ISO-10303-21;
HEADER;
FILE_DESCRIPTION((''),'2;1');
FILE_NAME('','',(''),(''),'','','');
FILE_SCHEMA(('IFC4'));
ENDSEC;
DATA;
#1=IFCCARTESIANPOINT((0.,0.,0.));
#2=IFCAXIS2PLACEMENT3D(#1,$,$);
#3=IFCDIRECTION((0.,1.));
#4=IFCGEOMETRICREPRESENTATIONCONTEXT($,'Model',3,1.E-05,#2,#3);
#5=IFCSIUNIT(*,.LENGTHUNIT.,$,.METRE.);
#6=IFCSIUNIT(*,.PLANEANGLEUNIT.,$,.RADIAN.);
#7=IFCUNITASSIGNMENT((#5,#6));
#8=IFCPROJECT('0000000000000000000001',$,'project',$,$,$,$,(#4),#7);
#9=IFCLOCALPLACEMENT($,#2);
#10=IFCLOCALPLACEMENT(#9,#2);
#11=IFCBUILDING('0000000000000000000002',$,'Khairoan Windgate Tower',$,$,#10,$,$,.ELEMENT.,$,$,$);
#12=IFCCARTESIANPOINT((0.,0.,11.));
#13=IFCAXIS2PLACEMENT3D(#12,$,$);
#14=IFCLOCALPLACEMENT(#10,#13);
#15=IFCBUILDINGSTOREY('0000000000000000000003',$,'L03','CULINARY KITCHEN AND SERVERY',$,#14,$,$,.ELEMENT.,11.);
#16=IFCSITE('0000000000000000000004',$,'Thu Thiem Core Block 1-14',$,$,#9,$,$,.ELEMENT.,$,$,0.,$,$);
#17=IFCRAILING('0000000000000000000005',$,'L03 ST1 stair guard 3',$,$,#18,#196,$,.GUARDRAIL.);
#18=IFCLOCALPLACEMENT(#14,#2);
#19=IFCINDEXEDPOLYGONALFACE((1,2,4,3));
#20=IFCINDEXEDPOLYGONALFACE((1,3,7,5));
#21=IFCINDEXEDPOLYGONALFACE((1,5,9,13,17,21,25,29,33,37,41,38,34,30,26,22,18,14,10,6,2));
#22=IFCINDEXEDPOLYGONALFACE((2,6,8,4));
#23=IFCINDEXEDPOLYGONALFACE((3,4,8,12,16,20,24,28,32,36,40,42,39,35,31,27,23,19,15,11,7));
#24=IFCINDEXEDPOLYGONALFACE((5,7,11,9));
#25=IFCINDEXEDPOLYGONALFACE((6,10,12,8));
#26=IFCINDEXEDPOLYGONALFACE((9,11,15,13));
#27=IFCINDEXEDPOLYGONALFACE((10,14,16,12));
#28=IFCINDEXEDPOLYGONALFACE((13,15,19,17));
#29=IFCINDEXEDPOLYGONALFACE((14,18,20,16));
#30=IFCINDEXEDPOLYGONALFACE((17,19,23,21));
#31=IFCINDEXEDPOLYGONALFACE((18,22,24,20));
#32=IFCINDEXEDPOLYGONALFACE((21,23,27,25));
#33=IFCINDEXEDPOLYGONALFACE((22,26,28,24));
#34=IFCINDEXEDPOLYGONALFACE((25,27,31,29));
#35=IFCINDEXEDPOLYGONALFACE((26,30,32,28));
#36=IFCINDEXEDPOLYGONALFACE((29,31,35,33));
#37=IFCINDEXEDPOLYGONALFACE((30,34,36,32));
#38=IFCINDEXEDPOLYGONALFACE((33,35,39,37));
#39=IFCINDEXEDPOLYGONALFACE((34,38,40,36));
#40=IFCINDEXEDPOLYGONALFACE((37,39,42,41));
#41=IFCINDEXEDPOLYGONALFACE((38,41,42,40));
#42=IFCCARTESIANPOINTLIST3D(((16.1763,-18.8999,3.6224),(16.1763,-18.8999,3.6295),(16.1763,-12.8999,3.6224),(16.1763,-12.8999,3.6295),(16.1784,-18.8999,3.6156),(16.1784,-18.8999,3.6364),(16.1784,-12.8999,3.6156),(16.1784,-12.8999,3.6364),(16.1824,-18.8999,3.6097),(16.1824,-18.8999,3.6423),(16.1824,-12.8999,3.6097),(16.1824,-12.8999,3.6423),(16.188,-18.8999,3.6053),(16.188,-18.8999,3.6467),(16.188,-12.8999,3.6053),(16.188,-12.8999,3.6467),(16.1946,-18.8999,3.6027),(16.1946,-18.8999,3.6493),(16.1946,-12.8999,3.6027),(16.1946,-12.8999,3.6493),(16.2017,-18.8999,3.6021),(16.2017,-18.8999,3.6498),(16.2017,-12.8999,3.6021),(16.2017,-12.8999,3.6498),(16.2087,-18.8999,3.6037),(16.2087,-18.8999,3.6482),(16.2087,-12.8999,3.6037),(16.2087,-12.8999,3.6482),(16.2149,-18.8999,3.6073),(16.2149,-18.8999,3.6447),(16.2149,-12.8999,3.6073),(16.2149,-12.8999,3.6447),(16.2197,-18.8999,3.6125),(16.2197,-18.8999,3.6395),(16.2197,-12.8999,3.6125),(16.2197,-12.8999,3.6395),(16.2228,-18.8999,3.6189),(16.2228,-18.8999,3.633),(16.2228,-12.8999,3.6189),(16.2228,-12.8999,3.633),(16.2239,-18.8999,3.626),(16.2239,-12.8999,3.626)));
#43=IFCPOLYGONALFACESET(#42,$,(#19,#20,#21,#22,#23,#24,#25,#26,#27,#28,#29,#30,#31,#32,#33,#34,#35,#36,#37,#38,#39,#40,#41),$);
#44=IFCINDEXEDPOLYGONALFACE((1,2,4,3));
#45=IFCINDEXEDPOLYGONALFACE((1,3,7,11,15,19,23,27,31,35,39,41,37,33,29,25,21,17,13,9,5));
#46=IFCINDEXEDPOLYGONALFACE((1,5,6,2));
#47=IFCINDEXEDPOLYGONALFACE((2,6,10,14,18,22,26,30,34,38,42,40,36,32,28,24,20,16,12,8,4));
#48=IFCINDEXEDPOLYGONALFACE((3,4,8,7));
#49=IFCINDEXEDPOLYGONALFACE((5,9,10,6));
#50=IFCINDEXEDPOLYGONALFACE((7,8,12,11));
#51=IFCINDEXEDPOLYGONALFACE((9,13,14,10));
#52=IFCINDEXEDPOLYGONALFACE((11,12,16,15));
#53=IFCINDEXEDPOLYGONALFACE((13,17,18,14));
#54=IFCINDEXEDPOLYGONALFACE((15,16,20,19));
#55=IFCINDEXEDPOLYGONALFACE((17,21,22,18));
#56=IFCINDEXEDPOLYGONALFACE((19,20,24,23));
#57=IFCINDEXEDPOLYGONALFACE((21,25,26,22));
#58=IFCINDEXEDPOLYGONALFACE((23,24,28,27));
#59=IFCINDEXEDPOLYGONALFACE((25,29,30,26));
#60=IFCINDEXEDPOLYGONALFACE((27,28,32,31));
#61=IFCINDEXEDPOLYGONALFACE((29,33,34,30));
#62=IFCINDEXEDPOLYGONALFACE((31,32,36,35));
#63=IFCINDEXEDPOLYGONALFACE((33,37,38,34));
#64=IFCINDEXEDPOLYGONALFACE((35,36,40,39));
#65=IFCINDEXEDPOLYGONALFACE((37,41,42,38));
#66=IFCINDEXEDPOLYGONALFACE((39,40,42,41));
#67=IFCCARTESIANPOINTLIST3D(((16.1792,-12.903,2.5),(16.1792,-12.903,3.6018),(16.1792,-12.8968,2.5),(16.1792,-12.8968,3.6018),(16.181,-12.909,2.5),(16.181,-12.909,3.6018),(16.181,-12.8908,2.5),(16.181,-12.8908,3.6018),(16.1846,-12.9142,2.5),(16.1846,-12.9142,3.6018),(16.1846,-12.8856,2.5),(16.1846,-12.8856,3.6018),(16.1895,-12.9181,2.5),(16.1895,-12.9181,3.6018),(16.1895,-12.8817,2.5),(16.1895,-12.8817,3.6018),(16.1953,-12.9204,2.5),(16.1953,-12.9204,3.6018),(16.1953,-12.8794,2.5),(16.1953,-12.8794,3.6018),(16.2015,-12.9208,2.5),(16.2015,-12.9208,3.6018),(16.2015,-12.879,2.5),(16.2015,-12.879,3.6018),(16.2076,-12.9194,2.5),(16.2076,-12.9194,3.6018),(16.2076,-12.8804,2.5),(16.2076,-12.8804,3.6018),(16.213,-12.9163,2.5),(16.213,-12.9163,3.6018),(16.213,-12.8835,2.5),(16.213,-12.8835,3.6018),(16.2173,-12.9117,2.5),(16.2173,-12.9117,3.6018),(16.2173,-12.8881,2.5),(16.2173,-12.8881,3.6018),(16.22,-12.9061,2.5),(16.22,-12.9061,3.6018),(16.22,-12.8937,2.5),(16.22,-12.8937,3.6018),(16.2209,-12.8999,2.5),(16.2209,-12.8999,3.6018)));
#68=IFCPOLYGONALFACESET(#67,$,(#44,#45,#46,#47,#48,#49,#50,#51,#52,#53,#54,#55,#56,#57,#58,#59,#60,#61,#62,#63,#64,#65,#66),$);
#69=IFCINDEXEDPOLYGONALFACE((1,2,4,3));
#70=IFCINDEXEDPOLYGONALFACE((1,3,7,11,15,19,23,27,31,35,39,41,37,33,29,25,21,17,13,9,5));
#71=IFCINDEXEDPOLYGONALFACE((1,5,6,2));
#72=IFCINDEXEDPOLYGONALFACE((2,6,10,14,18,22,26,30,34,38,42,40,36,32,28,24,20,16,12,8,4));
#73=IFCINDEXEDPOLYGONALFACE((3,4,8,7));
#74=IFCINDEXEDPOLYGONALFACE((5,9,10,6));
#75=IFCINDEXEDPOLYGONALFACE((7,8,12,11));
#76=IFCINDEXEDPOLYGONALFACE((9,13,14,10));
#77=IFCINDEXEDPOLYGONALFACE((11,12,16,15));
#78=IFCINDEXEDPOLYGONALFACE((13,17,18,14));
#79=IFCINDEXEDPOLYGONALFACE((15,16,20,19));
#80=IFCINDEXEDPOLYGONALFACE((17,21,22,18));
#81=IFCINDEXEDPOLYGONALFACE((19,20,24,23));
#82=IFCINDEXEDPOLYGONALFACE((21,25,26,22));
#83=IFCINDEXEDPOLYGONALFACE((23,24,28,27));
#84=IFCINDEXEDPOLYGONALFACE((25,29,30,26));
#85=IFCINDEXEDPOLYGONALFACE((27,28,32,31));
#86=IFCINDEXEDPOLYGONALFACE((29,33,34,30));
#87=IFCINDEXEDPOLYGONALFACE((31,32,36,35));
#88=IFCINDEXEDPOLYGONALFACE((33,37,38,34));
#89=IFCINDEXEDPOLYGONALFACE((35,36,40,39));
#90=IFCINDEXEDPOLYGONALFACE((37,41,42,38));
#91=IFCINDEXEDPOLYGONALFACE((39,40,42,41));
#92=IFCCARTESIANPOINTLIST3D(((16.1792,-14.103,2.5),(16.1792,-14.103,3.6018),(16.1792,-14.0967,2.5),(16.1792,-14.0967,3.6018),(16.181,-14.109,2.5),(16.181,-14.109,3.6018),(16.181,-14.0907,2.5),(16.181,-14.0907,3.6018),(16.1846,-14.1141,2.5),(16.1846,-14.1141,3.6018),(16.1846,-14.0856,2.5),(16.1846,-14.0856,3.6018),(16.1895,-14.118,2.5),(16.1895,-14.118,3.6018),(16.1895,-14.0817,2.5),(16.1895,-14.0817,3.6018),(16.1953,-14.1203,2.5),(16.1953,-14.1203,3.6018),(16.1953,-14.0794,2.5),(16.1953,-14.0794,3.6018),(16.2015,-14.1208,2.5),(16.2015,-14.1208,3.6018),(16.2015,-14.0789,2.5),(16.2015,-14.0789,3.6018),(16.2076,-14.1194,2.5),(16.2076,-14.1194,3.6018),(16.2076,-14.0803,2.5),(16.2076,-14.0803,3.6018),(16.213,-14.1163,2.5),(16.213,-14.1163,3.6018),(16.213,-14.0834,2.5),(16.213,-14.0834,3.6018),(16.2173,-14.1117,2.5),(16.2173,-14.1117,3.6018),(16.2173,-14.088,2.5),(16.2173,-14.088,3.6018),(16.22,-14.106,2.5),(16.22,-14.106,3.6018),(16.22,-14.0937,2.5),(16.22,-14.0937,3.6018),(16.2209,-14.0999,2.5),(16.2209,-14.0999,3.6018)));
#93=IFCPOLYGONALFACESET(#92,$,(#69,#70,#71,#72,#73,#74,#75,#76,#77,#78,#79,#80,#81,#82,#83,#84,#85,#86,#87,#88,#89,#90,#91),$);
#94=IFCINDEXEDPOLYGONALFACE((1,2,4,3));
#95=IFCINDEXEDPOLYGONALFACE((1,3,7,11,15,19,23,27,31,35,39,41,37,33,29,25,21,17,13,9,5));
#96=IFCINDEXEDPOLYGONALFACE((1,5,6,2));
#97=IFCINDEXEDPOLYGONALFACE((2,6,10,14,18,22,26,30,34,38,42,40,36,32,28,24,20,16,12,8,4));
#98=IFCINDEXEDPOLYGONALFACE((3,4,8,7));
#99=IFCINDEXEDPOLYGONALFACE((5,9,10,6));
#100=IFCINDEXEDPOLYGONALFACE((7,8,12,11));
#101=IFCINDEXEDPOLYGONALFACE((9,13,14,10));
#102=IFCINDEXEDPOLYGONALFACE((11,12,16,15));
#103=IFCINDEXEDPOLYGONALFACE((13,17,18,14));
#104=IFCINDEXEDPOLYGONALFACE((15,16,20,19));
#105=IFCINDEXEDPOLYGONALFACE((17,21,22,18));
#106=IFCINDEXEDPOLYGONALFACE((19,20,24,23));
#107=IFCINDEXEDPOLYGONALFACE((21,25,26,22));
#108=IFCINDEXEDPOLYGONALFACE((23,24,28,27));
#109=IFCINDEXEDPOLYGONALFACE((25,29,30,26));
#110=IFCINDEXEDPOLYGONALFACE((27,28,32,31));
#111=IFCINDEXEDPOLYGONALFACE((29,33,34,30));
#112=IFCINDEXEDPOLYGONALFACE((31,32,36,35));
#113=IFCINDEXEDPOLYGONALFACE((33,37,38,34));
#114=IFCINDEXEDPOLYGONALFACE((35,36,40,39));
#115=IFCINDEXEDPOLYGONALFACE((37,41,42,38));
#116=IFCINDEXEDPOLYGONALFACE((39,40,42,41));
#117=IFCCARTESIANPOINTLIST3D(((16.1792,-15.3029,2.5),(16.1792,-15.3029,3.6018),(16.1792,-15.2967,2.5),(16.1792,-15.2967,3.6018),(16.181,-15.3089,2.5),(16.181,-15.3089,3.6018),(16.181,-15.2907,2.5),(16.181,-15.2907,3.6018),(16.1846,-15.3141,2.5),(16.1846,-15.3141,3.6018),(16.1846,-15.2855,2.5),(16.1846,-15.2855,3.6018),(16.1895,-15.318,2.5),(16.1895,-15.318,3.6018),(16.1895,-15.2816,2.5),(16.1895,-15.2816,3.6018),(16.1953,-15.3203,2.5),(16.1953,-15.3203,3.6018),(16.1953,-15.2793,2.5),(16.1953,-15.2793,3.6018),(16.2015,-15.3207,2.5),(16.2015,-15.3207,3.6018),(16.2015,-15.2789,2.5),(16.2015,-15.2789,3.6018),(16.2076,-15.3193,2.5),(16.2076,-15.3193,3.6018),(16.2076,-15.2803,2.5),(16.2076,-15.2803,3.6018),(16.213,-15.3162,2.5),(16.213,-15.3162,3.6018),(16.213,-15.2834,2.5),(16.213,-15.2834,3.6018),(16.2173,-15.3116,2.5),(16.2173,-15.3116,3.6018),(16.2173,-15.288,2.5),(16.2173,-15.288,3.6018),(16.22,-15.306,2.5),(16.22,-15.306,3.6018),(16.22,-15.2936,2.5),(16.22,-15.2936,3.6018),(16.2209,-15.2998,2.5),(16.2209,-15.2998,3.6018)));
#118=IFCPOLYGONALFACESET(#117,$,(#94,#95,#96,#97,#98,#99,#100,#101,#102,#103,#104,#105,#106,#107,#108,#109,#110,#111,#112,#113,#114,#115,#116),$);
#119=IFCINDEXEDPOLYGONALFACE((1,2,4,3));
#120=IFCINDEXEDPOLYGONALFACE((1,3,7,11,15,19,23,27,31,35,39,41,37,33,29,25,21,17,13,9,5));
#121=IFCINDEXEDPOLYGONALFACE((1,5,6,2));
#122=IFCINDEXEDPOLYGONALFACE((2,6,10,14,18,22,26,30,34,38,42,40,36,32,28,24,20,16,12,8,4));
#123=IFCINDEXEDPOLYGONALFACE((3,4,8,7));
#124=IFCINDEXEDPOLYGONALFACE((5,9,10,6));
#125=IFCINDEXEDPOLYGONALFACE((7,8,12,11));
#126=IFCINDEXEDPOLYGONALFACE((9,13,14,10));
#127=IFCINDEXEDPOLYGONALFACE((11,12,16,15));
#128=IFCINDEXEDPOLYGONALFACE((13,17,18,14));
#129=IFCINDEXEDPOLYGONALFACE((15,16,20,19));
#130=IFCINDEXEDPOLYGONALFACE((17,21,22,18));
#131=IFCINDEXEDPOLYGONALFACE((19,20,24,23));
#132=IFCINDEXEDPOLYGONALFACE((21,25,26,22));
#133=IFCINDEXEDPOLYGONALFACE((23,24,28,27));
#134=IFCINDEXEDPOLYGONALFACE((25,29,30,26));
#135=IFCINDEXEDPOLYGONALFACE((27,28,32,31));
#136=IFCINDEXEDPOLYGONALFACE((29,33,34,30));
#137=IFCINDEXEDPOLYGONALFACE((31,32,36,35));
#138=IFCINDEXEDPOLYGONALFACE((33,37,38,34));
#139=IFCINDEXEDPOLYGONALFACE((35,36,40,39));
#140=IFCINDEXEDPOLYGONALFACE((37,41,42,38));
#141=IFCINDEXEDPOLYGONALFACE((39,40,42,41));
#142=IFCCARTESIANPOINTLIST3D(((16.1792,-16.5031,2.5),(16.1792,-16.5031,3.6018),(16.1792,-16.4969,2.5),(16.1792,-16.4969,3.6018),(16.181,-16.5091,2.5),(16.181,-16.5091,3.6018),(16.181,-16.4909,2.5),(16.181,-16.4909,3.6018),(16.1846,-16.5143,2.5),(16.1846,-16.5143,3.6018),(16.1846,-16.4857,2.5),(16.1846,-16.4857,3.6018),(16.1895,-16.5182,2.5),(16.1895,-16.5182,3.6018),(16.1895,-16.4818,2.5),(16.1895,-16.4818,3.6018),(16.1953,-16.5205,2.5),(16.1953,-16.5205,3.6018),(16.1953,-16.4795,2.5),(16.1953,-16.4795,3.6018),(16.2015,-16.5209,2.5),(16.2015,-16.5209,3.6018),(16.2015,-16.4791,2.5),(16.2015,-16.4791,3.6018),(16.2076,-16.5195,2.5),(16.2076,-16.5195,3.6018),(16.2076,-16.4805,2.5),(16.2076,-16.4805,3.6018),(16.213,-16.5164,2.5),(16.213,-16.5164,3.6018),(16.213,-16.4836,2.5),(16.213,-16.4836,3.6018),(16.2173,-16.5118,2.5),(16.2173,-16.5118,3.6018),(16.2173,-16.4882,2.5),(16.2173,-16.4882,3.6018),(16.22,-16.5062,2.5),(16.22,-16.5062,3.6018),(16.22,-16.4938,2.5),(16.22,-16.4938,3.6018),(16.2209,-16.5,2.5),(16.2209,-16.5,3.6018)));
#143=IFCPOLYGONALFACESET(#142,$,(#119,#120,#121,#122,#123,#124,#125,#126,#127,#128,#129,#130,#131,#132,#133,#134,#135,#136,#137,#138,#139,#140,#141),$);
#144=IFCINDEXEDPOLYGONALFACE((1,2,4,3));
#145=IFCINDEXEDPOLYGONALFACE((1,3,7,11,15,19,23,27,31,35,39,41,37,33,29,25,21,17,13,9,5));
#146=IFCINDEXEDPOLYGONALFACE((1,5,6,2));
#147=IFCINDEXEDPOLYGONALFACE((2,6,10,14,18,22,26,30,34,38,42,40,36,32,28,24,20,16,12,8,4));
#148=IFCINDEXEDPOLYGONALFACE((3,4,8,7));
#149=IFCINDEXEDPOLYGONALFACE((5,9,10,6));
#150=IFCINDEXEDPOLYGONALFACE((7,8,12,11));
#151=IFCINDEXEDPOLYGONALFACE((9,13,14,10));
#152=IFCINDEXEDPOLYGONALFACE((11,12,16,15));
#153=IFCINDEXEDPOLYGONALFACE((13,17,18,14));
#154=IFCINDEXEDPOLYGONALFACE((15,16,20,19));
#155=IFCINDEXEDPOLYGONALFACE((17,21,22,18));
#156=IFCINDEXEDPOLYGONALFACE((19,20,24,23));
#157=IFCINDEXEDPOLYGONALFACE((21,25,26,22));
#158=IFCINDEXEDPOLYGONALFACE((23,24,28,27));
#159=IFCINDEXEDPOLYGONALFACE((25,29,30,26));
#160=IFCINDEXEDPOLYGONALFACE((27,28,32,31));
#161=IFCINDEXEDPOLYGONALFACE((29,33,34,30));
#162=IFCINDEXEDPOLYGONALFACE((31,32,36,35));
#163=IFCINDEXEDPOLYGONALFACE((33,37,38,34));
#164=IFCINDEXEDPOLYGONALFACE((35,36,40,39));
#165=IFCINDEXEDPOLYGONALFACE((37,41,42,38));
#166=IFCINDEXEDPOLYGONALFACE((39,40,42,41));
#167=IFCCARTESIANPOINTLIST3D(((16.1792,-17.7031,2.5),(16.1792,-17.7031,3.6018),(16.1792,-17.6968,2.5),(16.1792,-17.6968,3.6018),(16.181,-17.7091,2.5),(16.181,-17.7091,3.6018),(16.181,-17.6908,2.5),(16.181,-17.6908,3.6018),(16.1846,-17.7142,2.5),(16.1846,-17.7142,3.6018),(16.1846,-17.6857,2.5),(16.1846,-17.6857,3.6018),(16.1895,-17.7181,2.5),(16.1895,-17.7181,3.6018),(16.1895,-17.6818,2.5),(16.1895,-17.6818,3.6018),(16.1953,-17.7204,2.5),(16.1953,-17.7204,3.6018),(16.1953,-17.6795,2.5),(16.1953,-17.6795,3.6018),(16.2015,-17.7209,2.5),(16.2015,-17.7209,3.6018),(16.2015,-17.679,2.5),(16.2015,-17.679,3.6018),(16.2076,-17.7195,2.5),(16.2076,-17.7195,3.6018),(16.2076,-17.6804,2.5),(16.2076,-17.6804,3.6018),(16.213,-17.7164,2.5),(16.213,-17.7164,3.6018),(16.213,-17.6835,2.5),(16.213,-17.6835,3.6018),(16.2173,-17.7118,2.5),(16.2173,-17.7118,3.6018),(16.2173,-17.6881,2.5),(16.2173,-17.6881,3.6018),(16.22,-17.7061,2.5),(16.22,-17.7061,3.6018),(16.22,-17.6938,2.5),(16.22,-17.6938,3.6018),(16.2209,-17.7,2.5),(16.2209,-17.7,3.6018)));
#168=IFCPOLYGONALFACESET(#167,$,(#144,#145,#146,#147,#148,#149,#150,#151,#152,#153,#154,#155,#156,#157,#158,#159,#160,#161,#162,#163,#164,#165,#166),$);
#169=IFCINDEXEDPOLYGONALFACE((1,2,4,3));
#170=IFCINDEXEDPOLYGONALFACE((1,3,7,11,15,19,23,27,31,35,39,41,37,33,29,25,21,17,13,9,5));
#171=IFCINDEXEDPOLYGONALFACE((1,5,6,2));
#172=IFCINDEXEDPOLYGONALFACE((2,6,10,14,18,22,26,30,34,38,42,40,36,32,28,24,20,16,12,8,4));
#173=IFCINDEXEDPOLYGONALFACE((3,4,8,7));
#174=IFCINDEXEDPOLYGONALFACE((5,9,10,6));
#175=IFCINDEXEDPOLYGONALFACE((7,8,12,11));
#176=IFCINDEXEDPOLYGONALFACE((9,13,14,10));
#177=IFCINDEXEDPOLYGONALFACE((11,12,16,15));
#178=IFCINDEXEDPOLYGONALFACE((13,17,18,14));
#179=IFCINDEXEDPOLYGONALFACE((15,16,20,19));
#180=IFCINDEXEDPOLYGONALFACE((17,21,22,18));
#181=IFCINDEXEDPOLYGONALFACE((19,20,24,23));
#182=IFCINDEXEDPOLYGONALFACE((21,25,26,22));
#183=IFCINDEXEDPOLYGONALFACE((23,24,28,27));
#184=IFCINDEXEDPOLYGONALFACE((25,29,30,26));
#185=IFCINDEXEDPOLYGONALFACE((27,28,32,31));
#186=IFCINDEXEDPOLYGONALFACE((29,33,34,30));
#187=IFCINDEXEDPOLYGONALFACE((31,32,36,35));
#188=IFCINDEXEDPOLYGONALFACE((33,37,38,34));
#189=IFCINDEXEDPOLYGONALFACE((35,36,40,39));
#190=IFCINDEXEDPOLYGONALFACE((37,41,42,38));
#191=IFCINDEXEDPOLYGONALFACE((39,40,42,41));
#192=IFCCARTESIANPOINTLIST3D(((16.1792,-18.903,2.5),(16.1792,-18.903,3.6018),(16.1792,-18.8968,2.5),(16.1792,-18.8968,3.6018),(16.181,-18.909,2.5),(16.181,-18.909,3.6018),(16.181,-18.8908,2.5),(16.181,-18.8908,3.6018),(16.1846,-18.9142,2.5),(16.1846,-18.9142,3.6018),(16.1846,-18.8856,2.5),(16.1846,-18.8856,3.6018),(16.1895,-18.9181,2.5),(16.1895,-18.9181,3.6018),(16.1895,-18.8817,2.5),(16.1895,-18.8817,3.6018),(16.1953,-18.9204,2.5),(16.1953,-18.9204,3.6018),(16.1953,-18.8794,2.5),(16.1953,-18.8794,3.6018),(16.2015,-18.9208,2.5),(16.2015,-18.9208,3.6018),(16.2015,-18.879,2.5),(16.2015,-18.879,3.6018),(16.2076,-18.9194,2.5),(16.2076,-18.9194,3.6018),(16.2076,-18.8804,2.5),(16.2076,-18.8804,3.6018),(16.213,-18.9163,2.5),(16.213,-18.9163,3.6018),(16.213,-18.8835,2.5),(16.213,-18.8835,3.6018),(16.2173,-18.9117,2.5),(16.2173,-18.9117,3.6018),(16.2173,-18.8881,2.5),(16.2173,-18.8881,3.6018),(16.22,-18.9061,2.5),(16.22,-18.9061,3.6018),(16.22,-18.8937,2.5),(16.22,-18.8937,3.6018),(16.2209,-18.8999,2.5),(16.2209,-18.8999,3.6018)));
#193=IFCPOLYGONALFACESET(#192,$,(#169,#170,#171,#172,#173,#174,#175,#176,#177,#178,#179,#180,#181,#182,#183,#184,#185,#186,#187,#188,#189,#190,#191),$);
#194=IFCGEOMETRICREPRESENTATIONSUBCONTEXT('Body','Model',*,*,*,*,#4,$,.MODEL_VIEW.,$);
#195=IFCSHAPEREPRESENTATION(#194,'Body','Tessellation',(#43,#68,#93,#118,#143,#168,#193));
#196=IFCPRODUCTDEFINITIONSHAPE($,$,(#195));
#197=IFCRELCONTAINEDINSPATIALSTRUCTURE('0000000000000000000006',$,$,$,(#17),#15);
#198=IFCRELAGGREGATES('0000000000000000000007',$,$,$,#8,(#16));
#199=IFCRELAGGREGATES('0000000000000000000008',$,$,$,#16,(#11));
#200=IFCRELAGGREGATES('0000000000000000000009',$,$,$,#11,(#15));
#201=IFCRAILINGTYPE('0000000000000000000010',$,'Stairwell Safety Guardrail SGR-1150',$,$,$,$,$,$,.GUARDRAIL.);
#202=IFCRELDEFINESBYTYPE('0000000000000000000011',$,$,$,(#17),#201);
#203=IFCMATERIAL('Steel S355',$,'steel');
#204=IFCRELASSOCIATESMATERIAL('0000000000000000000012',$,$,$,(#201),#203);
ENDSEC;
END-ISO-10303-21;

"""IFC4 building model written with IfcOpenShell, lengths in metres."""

from ifc_helpers import new_model, si_unit, direction, frame, origin, origin_2d, place, context, subcontext, project, spatial, circle, extrude, material, type_object, element, save


model = new_model("IFC4")

# Units and contexts
model_context = context("Model", 3, precision=1e-05, world=origin(), true_north=direction((0.0, 1.0)))
body_context = subcontext(model_context, "Body", "Model", "MODEL_VIEW")
ifc_project = project(units=[si_unit("LENGTHUNIT", "METRE"), si_unit("PLANEANGLEUNIT", "RADIAN")], contexts=[model_context])

# Site, building, storey
site_placement = place(None, origin())
site = spatial("IfcSite", under=ifc_project, at=site_placement, Name="Thu Thiem Core Block 1-14", CompositionType="ELEMENT", RefElevation=0.0)
building_placement = place(site_placement, origin())
building = spatial("IfcBuilding", under=site, at=building_placement, Name="Khairoan Windgate Tower", CompositionType="ELEMENT")
storey_placement = place(building_placement, frame((0.0, 0.0, 11.0)))
storey = spatial("IfcBuildingStorey", under=building, at=storey_placement, Name="L03", Description="CULINARY KITCHEN AND SERVERY", CompositionType="ELEMENT", Elevation=11.0)

# Railing
ifc_material_1 = material(Name="Steel S355", Category="steel")
railing_type_1 = type_object("IfcRailingType", Name="Stairwell Safety Guardrail SGR-1150", PredefinedType="GUARDRAIL", material=ifc_material_1)
for number, where, name in (
    (1, (16.2, -12.8999, 2.5), "L03 ST1 stair guard 3"),
):
    element("IfcRailing", number, at=place(storey_placement, frame(where)), inside=storey, type_object=railing_type_1, Name=name, PredefinedType="GUARDRAIL", context=body_context, shape_type="SweptSolid", body=[
        extrude(circle(Radius=0.0239, at=origin_2d()), frame((0.0, 0.0, 1.126), z_axis=(0.0, -1.0, 0.0), x_axis=(1.0, 0.0, 0.0)), (0.0, 0.0, 1.0), 6.0),
        extrude(circle(Radius=0.021, at=origin_2d()), origin(), (0.0, 0.0, 1.0), 1.1018),
        extrude(circle(Radius=0.021, at=origin_2d()), frame((0.0, -1.2, 0.0)), (0.0, 0.0, 1.0), 1.1018),
        extrude(circle(Radius=0.021, at=origin_2d()), frame((0.0, -2.3999, 0.0)), (0.0, 0.0, 1.0), 1.1018),
        extrude(circle(Radius=0.021, at=origin_2d()), frame((0.0, -3.6001, 0.0)), (0.0, 0.0, 1.0), 1.1018),
        extrude(circle(Radius=0.021, at=origin_2d()), frame((0.0, -4.8, 0.0)), (0.0, 0.0, 1.0), 1.1018),
        extrude(circle(Radius=0.021, at=origin_2d()), frame((0.0, -6.0, 0.0)), (0.0, 0.0, 1.0), 1.1018),
    ])

save(model, "model.ifc")
